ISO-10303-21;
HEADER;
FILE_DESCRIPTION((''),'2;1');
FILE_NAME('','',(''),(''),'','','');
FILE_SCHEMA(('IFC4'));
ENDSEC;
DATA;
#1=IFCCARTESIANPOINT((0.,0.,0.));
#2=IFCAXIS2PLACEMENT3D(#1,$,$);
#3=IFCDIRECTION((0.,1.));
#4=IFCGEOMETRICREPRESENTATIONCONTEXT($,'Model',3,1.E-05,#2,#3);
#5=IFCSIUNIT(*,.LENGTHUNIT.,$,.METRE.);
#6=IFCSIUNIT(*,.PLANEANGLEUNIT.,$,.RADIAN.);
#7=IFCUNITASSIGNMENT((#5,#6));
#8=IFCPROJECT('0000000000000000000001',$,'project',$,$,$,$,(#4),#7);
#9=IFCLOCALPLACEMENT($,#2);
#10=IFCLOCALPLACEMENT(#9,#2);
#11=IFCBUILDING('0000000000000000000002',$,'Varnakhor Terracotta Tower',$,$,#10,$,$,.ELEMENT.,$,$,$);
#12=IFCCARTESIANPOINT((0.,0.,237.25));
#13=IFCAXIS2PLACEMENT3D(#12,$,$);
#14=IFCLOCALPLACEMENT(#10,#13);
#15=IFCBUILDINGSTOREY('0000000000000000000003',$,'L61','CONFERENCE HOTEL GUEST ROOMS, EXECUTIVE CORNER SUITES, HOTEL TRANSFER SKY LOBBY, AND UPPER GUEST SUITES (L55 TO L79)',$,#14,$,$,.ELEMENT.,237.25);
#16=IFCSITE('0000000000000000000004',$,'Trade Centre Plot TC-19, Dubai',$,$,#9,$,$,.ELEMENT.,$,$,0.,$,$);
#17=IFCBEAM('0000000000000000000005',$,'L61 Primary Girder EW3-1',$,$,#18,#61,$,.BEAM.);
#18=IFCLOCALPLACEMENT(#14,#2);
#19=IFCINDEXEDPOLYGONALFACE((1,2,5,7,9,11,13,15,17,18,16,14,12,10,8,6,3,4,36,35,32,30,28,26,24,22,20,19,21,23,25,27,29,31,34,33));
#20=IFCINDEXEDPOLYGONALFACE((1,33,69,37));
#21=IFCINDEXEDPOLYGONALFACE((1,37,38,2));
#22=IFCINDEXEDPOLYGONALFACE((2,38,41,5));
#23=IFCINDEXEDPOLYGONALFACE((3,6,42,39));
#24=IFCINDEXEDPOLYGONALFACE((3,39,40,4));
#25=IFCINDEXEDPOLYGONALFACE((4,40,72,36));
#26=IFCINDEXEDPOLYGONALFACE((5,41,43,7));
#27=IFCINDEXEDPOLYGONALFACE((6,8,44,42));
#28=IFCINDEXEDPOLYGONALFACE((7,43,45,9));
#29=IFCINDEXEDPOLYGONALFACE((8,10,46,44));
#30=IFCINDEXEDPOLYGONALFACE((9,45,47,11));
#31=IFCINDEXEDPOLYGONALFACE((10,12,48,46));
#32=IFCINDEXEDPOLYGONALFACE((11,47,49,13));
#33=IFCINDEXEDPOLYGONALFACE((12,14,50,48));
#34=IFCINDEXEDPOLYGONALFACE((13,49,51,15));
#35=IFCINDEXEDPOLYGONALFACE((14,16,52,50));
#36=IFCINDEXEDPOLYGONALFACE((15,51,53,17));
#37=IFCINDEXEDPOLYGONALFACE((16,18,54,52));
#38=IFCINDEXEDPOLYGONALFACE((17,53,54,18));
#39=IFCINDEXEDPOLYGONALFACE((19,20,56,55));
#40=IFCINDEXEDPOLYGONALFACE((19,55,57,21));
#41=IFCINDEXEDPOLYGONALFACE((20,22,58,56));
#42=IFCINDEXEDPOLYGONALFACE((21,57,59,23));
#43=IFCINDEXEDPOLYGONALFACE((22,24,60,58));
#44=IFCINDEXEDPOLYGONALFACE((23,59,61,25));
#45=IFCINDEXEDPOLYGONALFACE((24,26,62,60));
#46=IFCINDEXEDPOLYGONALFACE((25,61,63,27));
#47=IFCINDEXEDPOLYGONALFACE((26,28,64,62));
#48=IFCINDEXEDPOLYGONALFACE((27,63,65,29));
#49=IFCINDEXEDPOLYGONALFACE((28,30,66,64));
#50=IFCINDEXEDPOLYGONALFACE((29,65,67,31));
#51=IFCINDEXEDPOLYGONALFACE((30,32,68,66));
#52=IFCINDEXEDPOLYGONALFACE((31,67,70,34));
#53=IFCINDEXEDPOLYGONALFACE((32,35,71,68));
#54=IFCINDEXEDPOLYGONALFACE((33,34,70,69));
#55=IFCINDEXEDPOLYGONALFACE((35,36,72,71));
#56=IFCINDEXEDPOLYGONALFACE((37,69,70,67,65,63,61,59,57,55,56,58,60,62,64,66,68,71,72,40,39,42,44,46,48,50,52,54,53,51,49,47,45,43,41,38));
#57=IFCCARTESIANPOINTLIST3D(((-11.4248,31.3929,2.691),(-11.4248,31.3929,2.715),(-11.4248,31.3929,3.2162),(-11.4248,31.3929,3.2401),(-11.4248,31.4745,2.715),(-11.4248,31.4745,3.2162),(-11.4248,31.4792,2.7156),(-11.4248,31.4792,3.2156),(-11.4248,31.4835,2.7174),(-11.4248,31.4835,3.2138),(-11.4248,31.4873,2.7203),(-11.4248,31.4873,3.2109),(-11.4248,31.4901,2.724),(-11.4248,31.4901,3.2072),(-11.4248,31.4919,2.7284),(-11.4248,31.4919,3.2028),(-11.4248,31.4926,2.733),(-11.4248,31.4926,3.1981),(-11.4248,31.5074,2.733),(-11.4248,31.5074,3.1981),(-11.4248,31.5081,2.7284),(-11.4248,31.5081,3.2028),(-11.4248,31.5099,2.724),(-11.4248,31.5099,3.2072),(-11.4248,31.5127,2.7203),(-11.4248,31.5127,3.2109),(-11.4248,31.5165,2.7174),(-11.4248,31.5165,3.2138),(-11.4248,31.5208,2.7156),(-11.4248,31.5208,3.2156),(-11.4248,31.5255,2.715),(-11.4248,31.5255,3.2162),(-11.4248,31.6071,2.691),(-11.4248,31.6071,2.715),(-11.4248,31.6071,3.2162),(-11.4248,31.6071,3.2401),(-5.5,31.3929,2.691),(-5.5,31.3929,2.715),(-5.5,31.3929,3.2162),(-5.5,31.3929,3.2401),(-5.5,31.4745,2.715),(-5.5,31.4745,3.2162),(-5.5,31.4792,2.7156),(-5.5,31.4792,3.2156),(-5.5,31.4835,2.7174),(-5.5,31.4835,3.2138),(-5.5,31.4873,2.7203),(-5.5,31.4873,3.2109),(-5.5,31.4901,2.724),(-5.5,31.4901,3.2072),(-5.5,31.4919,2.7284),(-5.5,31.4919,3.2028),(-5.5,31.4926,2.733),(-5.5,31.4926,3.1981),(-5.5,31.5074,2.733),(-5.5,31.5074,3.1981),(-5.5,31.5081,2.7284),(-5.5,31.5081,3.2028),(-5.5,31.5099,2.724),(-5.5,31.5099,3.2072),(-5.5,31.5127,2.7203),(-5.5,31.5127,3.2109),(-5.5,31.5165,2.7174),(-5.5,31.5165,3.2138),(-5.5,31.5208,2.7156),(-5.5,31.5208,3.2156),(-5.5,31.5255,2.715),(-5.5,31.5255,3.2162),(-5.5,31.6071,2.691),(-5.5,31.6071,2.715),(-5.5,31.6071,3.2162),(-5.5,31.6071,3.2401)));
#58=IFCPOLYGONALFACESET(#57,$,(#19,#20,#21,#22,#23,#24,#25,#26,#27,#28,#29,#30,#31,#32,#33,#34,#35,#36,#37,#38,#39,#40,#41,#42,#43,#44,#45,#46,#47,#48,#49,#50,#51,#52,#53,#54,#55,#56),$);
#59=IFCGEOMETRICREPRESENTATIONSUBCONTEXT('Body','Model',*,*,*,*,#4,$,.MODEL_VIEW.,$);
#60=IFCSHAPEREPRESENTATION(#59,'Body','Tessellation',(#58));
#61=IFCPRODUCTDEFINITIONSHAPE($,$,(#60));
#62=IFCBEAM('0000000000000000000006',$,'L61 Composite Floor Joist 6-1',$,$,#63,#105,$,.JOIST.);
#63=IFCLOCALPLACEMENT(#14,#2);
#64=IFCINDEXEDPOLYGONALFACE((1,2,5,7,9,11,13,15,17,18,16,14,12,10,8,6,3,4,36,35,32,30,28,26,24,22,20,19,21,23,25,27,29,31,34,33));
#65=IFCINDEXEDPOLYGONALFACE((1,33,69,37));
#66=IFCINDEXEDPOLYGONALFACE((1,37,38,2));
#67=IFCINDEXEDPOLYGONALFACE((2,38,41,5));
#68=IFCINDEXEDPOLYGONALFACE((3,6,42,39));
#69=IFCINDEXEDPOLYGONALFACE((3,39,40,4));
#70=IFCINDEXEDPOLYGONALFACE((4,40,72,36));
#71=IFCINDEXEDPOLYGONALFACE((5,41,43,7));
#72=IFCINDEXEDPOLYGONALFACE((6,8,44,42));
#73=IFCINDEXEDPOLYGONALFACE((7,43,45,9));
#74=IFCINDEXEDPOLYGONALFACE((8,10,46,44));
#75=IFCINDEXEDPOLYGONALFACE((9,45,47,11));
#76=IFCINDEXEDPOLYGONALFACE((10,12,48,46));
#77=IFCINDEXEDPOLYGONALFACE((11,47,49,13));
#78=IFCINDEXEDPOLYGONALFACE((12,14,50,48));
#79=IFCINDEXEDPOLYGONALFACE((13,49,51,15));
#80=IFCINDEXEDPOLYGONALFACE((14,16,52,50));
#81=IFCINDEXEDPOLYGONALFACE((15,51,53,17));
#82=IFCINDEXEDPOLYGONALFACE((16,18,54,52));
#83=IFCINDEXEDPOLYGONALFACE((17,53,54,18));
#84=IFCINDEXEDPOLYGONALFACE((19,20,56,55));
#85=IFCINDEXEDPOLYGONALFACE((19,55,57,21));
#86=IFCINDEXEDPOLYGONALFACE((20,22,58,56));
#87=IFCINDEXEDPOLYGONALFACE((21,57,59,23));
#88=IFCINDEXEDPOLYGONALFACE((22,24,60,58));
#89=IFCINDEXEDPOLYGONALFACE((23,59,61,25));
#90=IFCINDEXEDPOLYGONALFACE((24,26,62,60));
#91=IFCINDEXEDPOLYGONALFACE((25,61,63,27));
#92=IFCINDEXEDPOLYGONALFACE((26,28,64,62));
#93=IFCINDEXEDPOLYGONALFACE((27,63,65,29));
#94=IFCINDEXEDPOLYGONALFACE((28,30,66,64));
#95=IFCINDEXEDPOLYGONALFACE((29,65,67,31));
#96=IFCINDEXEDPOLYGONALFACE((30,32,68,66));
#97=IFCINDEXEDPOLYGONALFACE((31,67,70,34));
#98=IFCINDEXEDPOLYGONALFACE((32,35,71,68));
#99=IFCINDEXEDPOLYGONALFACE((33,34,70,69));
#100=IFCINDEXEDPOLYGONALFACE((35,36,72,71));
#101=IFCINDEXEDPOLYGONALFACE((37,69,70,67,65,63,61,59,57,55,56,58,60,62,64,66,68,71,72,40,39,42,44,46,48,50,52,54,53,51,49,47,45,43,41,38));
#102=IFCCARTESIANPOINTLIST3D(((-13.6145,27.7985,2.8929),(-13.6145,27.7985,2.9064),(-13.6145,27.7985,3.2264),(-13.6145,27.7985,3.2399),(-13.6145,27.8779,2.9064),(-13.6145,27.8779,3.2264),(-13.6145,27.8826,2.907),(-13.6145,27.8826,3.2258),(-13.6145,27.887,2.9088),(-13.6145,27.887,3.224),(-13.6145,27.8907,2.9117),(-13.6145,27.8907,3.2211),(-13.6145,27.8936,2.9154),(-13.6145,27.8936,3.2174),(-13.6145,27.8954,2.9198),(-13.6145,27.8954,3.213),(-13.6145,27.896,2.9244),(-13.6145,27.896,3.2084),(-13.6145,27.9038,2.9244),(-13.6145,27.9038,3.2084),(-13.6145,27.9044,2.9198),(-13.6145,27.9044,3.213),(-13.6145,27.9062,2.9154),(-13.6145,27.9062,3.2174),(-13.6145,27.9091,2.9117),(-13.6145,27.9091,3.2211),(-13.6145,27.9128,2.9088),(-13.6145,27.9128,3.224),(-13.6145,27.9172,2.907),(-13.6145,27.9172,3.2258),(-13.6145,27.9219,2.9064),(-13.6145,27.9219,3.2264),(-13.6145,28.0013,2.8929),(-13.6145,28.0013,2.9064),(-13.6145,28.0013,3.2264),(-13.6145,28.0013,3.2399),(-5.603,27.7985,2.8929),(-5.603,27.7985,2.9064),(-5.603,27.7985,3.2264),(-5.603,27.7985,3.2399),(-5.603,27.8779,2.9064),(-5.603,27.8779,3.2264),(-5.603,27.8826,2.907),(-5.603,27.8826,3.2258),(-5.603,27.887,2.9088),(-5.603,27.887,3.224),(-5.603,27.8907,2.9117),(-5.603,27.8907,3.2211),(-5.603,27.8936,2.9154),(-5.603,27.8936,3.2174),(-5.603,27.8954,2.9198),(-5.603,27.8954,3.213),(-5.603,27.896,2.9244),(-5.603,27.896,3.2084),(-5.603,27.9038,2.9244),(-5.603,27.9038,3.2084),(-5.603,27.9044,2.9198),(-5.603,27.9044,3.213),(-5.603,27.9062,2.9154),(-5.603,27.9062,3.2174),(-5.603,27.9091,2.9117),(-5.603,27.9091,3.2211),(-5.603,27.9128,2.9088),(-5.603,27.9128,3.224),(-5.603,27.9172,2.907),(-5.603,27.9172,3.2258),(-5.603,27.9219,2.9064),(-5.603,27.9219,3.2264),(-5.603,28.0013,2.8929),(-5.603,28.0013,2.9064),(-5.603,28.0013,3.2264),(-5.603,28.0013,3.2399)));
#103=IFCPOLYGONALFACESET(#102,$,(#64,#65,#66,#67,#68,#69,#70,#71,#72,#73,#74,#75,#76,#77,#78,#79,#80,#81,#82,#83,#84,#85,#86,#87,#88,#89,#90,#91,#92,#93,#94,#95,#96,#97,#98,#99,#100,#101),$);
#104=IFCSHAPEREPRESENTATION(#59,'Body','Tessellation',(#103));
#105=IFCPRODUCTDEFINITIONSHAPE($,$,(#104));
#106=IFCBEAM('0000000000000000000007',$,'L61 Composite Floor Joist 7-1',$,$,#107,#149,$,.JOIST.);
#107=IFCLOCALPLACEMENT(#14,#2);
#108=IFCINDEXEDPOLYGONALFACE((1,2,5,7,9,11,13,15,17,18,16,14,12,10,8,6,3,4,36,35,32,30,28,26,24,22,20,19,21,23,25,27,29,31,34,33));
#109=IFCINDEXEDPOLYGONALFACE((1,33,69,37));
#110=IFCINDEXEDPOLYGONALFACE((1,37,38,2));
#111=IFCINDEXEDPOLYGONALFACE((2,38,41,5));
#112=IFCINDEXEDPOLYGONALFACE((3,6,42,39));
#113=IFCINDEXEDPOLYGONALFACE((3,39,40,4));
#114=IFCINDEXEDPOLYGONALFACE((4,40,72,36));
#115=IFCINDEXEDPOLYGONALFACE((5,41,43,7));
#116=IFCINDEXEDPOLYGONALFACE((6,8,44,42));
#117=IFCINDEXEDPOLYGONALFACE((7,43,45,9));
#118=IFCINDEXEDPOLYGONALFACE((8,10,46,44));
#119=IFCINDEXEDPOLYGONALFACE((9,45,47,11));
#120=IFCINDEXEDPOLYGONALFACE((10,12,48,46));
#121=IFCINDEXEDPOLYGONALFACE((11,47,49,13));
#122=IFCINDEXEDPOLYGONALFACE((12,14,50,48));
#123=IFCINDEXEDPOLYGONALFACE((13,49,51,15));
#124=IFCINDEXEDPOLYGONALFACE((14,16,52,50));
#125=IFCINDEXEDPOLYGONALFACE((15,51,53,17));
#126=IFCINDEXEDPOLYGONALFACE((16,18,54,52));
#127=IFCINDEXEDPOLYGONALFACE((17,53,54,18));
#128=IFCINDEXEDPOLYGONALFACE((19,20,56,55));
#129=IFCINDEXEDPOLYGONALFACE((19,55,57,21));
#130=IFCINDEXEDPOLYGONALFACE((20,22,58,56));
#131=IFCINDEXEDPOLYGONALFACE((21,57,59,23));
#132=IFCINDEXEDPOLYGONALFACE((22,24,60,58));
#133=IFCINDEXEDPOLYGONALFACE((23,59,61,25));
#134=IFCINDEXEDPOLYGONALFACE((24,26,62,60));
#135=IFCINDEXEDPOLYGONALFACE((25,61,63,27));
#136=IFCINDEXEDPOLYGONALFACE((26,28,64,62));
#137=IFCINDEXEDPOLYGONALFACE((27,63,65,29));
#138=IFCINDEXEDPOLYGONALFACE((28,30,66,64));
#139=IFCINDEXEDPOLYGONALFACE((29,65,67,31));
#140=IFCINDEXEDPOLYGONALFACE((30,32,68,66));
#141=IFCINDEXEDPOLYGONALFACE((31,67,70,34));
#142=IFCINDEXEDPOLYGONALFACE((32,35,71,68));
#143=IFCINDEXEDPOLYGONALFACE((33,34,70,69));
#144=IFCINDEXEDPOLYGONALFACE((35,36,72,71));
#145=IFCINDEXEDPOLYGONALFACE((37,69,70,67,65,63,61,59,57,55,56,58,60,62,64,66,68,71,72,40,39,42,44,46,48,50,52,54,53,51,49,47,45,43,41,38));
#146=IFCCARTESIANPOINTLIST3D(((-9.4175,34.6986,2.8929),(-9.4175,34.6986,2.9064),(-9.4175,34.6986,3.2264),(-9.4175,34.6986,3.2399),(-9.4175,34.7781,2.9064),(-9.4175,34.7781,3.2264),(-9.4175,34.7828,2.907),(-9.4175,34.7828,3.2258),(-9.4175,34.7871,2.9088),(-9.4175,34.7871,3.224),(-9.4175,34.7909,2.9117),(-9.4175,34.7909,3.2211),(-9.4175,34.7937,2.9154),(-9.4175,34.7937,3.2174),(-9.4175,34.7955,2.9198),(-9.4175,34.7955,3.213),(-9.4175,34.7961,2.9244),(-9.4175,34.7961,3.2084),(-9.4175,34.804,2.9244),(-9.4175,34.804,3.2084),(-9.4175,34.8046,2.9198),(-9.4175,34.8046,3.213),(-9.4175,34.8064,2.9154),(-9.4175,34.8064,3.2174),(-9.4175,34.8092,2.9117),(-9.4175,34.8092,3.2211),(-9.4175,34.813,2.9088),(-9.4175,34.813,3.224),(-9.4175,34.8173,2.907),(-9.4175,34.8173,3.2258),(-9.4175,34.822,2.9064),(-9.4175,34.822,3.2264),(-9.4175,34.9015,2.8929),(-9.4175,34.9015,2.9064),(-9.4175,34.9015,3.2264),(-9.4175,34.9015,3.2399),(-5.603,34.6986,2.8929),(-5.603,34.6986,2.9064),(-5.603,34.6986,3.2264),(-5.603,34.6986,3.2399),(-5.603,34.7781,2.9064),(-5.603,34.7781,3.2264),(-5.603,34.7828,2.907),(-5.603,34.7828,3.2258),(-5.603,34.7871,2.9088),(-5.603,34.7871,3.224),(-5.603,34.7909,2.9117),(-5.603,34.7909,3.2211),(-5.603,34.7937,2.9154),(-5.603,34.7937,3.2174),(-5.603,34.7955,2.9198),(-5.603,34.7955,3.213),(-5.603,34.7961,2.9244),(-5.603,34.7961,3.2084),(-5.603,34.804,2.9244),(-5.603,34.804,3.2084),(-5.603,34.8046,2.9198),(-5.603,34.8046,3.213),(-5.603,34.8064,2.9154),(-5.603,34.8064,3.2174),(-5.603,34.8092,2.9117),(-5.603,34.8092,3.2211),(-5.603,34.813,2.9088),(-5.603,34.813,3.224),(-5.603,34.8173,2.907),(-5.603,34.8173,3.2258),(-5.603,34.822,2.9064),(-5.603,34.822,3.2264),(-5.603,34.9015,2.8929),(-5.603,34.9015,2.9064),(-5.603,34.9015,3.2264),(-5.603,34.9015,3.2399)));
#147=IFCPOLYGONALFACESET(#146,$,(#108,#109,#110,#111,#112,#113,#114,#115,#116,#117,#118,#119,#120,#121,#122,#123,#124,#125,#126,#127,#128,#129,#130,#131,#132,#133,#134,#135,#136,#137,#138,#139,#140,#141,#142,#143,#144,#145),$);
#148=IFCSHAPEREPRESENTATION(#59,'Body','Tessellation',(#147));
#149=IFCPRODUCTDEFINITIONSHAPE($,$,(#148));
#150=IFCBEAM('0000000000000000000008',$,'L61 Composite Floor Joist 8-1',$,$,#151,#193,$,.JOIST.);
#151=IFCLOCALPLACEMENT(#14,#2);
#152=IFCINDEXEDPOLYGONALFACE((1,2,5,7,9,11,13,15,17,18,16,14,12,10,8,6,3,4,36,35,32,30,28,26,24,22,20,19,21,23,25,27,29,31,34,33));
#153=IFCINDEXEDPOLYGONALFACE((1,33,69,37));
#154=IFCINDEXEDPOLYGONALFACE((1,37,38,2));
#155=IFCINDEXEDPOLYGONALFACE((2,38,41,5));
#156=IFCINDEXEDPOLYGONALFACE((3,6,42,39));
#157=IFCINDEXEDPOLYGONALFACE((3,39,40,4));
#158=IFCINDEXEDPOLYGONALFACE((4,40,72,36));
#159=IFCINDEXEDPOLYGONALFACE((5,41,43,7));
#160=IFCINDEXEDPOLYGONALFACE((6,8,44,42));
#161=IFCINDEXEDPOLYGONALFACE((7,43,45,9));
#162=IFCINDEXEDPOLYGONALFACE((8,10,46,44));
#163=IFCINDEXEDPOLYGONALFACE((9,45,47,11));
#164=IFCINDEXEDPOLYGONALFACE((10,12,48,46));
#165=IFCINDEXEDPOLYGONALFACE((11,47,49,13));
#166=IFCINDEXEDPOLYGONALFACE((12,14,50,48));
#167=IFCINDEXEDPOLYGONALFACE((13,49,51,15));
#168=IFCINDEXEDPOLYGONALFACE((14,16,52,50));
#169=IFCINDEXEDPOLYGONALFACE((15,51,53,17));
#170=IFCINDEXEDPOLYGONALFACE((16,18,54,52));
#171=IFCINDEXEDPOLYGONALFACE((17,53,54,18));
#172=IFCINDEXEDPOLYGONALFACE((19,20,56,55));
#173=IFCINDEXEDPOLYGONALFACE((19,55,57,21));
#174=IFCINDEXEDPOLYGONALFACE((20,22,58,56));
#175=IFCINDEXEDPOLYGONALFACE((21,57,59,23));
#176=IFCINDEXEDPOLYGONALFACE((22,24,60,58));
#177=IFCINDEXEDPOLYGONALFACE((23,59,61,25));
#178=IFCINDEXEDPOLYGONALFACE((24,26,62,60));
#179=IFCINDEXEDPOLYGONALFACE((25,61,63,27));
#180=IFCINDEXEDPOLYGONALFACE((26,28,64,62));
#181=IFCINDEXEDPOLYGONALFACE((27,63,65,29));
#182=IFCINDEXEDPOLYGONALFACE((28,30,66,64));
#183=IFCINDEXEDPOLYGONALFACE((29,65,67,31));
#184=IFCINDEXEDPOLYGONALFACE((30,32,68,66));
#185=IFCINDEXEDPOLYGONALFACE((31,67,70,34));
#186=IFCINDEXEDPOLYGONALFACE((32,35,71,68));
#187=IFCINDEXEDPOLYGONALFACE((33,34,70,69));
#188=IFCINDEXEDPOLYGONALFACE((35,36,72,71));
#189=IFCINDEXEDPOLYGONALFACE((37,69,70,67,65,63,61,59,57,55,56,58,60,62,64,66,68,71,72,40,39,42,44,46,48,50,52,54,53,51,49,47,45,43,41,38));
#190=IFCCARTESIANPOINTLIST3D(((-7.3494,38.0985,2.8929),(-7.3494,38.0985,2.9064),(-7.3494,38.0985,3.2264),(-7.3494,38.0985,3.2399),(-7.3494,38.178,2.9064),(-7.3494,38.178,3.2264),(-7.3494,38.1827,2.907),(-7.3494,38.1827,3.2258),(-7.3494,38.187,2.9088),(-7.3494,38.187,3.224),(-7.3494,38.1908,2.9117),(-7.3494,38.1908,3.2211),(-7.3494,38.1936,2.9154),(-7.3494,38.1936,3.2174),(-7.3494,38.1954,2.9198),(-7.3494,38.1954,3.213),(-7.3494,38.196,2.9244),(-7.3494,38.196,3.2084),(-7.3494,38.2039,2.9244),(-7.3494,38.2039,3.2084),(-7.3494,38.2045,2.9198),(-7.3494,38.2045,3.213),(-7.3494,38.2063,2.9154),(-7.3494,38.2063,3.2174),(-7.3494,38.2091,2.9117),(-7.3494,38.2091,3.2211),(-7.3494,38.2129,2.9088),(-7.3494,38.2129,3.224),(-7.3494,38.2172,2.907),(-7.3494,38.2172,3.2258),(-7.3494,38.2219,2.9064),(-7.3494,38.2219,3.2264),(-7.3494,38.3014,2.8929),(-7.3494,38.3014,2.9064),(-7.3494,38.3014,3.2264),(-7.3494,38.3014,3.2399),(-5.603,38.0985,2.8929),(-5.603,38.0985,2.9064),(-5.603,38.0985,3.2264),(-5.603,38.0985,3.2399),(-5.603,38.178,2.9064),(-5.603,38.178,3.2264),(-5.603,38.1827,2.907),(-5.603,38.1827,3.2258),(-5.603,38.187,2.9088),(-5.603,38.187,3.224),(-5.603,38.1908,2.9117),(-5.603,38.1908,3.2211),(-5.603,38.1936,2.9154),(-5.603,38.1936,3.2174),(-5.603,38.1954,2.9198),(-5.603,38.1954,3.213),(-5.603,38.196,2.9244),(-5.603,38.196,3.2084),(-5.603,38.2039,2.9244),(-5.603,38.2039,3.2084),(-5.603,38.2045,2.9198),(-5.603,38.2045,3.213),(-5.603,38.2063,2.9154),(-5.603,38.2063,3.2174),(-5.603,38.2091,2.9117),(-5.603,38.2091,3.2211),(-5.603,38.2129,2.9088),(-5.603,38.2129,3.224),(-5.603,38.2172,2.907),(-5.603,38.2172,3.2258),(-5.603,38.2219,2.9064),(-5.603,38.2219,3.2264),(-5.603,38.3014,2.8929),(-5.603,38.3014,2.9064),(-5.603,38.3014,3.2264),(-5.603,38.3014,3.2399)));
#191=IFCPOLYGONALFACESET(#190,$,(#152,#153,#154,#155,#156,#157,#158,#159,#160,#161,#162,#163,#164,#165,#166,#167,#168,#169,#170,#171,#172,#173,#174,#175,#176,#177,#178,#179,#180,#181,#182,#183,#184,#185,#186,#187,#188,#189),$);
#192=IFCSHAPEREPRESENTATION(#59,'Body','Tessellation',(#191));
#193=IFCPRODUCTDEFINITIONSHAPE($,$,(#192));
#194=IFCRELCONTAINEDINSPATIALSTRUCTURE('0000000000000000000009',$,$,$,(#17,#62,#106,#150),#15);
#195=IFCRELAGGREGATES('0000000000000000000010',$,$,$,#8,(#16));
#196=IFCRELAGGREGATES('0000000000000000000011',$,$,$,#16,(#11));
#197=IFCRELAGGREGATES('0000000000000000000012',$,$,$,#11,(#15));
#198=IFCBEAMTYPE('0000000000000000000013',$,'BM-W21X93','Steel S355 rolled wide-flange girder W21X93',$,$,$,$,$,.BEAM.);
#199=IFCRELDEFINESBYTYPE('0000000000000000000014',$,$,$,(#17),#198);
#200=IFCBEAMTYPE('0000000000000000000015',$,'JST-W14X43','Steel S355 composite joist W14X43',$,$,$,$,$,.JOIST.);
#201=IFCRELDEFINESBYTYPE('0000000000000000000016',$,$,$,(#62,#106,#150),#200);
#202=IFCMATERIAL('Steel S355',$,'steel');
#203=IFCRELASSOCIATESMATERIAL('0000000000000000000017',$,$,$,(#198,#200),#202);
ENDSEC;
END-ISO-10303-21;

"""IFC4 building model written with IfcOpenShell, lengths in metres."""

from ifc_helpers import new_model, si_unit, direction, frame, origin, origin_2d, place, context, subcontext, project, spatial, i_section, extrude, source, transform, mapped, material, material_profile, profile_set, type_object, element, save


model = new_model("IFC4")

# Units and contexts
model_context = context("Model", 3, precision=1e-05, world=origin(), true_north=direction((0.0, 1.0)))
body_context = subcontext(model_context, "Body", "Model", "MODEL_VIEW")
ifc_project = project(units=[si_unit("LENGTHUNIT", "METRE"), si_unit("PLANEANGLEUNIT", "RADIAN")], contexts=[model_context])

# Site, building, storey
site_placement = place(None, origin())
site = spatial("IfcSite", under=ifc_project, at=site_placement, Name="Trade Centre Plot TC-19, Dubai", CompositionType="ELEMENT", RefElevation=0.0)
building_placement = place(site_placement, origin())
building = spatial("IfcBuilding", under=site, at=building_placement, Name="Varnakhor Terracotta Tower", CompositionType="ELEMENT")
storey_placement = place(building_placement, frame((0.0, 0.0, 237.25)))
storey = spatial("IfcBuildingStorey", under=building, at=storey_placement, Name="L61", Description="CONFERENCE HOTEL GUEST ROOMS, EXECUTIVE CORNER SUITES, HOTEL TRANSFER SKY LOBBY, AND UPPER GUEST SUITES (L55 TO L79)", CompositionType="ELEMENT", Elevation=237.25)

# Beams
ifc_material_1 = material(Name="Steel S355", Category="steel")
ifc_material_profile_1 = material_profile(ifc_material_1, i_section(OverallWidth=0.2141, OverallDepth=0.5491, WebThickness=0.0149, FlangeThickness=0.0239, FilletRadius=0.0181, at=origin_2d()), Name="W21X93")
ifc_profile_set_1 = profile_set([ifc_material_profile_1], Name="Steel S355")
beam_type_1 = type_object("IfcBeamType", Name="BM-W21X93", Description="Steel S355 rolled wide-flange girder W21X93", PredefinedType="BEAM", material=ifc_profile_set_1)
ifc_material_profile_2 = material_profile(ifc_material_1, i_section(OverallWidth=0.2029, OverallDepth=0.3469, WebThickness=0.0078, FlangeThickness=0.0134, FilletRadius=0.0181, at=origin_2d()), Name="W14X43")
ifc_profile_set_2 = profile_set([ifc_material_profile_2], Name="Steel S355")
beam_type_2 = type_object("IfcBeamType", Name="JST-W14X43", Description="Steel S355 composite joist W14X43", PredefinedType="JOIST", material=ifc_profile_set_2)
shared_shape_1 = source(origin(), body_context, "Body", "SweptSolid", [
    extrude(i_section(OverallWidth=0.2141, OverallDepth=0.5491, WebThickness=0.0149, FlangeThickness=0.0239, FilletRadius=0.0181, at=origin_2d()), origin(), (0.0, 0.0, 1.0), 5.9248),
])
beam_1_placement = place(storey_placement, frame((-11.4248, 31.5, 2.9656), z_axis=(1.0, 0.0, 0.0), x_axis=(0.0, 1.0, 0.0)))
element("IfcBeam", 1, at=beam_1_placement, inside=storey, type_object=beam_type_1, Name="L61 Primary Girder EW3-1", PredefinedType="BEAM", context=body_context, shape_type="MappedRepresentation", body=[
    mapped(shared_shape_1, transform((0.0, 0.0, 0.0), scale=1.0)),
])
shared_shape_2 = source(origin(), body_context, "Body", "SweptSolid", [
    extrude(i_section(OverallWidth=0.2029, OverallDepth=0.3469, WebThickness=0.0078, FlangeThickness=0.0134, FilletRadius=0.0181, at=origin_2d()), origin(), (0.0, 0.0, 1.0), 8.0115),
])
beam_2_placement = place(storey_placement, frame((-13.6145, 27.8999, 3.0664), z_axis=(1.0, 0.0, 0.0), x_axis=(0.0, 1.0, 0.0)))
element("IfcBeam", 2, at=beam_2_placement, inside=storey, type_object=beam_type_2, Name="L61 Composite Floor Joist 6-1", PredefinedType="JOIST", context=body_context, shape_type="MappedRepresentation", body=[
    mapped(shared_shape_2, transform((0.0, 0.0, 0.0), scale=1.0)),
])
shared_shape_3 = source(origin(), body_context, "Body", "SweptSolid", [
    extrude(i_section(OverallWidth=0.2029, OverallDepth=0.3469, WebThickness=0.0078, FlangeThickness=0.0134, FilletRadius=0.0181, at=origin_2d()), origin(), (0.0, 0.0, 1.0), 3.8145),
])
beam_3_placement = place(storey_placement, frame((-9.4175, 34.8, 3.0664), z_axis=(1.0, 0.0, 0.0), x_axis=(0.0, 1.0, 0.0)))
element("IfcBeam", 3, at=beam_3_placement, inside=storey, type_object=beam_type_2, Name="L61 Composite Floor Joist 7-1", PredefinedType="JOIST", context=body_context, shape_type="MappedRepresentation", body=[
    mapped(shared_shape_3, transform((0.0, 0.0, 0.0), scale=1.0)),
])
shared_shape_4 = source(origin(), body_context, "Body", "SweptSolid", [
    extrude(i_section(OverallWidth=0.2029, OverallDepth=0.3469, WebThickness=0.0078, FlangeThickness=0.0134, FilletRadius=0.0181, at=origin_2d()), origin(), (0.0, 0.0, 1.0), 1.7463),
])
beam_4_placement = place(storey_placement, frame((-7.3494, 38.2, 3.0664), z_axis=(1.0, 0.0, 0.0), x_axis=(0.0, 1.0, 0.0)))
element("IfcBeam", 4, at=beam_4_placement, inside=storey, type_object=beam_type_2, Name="L61 Composite Floor Joist 8-1", PredefinedType="JOIST", context=body_context, shape_type="MappedRepresentation", body=[
    mapped(shared_shape_4, transform((0.0, 0.0, 0.0), scale=1.0)),
])

save(model, "model.ifc")
